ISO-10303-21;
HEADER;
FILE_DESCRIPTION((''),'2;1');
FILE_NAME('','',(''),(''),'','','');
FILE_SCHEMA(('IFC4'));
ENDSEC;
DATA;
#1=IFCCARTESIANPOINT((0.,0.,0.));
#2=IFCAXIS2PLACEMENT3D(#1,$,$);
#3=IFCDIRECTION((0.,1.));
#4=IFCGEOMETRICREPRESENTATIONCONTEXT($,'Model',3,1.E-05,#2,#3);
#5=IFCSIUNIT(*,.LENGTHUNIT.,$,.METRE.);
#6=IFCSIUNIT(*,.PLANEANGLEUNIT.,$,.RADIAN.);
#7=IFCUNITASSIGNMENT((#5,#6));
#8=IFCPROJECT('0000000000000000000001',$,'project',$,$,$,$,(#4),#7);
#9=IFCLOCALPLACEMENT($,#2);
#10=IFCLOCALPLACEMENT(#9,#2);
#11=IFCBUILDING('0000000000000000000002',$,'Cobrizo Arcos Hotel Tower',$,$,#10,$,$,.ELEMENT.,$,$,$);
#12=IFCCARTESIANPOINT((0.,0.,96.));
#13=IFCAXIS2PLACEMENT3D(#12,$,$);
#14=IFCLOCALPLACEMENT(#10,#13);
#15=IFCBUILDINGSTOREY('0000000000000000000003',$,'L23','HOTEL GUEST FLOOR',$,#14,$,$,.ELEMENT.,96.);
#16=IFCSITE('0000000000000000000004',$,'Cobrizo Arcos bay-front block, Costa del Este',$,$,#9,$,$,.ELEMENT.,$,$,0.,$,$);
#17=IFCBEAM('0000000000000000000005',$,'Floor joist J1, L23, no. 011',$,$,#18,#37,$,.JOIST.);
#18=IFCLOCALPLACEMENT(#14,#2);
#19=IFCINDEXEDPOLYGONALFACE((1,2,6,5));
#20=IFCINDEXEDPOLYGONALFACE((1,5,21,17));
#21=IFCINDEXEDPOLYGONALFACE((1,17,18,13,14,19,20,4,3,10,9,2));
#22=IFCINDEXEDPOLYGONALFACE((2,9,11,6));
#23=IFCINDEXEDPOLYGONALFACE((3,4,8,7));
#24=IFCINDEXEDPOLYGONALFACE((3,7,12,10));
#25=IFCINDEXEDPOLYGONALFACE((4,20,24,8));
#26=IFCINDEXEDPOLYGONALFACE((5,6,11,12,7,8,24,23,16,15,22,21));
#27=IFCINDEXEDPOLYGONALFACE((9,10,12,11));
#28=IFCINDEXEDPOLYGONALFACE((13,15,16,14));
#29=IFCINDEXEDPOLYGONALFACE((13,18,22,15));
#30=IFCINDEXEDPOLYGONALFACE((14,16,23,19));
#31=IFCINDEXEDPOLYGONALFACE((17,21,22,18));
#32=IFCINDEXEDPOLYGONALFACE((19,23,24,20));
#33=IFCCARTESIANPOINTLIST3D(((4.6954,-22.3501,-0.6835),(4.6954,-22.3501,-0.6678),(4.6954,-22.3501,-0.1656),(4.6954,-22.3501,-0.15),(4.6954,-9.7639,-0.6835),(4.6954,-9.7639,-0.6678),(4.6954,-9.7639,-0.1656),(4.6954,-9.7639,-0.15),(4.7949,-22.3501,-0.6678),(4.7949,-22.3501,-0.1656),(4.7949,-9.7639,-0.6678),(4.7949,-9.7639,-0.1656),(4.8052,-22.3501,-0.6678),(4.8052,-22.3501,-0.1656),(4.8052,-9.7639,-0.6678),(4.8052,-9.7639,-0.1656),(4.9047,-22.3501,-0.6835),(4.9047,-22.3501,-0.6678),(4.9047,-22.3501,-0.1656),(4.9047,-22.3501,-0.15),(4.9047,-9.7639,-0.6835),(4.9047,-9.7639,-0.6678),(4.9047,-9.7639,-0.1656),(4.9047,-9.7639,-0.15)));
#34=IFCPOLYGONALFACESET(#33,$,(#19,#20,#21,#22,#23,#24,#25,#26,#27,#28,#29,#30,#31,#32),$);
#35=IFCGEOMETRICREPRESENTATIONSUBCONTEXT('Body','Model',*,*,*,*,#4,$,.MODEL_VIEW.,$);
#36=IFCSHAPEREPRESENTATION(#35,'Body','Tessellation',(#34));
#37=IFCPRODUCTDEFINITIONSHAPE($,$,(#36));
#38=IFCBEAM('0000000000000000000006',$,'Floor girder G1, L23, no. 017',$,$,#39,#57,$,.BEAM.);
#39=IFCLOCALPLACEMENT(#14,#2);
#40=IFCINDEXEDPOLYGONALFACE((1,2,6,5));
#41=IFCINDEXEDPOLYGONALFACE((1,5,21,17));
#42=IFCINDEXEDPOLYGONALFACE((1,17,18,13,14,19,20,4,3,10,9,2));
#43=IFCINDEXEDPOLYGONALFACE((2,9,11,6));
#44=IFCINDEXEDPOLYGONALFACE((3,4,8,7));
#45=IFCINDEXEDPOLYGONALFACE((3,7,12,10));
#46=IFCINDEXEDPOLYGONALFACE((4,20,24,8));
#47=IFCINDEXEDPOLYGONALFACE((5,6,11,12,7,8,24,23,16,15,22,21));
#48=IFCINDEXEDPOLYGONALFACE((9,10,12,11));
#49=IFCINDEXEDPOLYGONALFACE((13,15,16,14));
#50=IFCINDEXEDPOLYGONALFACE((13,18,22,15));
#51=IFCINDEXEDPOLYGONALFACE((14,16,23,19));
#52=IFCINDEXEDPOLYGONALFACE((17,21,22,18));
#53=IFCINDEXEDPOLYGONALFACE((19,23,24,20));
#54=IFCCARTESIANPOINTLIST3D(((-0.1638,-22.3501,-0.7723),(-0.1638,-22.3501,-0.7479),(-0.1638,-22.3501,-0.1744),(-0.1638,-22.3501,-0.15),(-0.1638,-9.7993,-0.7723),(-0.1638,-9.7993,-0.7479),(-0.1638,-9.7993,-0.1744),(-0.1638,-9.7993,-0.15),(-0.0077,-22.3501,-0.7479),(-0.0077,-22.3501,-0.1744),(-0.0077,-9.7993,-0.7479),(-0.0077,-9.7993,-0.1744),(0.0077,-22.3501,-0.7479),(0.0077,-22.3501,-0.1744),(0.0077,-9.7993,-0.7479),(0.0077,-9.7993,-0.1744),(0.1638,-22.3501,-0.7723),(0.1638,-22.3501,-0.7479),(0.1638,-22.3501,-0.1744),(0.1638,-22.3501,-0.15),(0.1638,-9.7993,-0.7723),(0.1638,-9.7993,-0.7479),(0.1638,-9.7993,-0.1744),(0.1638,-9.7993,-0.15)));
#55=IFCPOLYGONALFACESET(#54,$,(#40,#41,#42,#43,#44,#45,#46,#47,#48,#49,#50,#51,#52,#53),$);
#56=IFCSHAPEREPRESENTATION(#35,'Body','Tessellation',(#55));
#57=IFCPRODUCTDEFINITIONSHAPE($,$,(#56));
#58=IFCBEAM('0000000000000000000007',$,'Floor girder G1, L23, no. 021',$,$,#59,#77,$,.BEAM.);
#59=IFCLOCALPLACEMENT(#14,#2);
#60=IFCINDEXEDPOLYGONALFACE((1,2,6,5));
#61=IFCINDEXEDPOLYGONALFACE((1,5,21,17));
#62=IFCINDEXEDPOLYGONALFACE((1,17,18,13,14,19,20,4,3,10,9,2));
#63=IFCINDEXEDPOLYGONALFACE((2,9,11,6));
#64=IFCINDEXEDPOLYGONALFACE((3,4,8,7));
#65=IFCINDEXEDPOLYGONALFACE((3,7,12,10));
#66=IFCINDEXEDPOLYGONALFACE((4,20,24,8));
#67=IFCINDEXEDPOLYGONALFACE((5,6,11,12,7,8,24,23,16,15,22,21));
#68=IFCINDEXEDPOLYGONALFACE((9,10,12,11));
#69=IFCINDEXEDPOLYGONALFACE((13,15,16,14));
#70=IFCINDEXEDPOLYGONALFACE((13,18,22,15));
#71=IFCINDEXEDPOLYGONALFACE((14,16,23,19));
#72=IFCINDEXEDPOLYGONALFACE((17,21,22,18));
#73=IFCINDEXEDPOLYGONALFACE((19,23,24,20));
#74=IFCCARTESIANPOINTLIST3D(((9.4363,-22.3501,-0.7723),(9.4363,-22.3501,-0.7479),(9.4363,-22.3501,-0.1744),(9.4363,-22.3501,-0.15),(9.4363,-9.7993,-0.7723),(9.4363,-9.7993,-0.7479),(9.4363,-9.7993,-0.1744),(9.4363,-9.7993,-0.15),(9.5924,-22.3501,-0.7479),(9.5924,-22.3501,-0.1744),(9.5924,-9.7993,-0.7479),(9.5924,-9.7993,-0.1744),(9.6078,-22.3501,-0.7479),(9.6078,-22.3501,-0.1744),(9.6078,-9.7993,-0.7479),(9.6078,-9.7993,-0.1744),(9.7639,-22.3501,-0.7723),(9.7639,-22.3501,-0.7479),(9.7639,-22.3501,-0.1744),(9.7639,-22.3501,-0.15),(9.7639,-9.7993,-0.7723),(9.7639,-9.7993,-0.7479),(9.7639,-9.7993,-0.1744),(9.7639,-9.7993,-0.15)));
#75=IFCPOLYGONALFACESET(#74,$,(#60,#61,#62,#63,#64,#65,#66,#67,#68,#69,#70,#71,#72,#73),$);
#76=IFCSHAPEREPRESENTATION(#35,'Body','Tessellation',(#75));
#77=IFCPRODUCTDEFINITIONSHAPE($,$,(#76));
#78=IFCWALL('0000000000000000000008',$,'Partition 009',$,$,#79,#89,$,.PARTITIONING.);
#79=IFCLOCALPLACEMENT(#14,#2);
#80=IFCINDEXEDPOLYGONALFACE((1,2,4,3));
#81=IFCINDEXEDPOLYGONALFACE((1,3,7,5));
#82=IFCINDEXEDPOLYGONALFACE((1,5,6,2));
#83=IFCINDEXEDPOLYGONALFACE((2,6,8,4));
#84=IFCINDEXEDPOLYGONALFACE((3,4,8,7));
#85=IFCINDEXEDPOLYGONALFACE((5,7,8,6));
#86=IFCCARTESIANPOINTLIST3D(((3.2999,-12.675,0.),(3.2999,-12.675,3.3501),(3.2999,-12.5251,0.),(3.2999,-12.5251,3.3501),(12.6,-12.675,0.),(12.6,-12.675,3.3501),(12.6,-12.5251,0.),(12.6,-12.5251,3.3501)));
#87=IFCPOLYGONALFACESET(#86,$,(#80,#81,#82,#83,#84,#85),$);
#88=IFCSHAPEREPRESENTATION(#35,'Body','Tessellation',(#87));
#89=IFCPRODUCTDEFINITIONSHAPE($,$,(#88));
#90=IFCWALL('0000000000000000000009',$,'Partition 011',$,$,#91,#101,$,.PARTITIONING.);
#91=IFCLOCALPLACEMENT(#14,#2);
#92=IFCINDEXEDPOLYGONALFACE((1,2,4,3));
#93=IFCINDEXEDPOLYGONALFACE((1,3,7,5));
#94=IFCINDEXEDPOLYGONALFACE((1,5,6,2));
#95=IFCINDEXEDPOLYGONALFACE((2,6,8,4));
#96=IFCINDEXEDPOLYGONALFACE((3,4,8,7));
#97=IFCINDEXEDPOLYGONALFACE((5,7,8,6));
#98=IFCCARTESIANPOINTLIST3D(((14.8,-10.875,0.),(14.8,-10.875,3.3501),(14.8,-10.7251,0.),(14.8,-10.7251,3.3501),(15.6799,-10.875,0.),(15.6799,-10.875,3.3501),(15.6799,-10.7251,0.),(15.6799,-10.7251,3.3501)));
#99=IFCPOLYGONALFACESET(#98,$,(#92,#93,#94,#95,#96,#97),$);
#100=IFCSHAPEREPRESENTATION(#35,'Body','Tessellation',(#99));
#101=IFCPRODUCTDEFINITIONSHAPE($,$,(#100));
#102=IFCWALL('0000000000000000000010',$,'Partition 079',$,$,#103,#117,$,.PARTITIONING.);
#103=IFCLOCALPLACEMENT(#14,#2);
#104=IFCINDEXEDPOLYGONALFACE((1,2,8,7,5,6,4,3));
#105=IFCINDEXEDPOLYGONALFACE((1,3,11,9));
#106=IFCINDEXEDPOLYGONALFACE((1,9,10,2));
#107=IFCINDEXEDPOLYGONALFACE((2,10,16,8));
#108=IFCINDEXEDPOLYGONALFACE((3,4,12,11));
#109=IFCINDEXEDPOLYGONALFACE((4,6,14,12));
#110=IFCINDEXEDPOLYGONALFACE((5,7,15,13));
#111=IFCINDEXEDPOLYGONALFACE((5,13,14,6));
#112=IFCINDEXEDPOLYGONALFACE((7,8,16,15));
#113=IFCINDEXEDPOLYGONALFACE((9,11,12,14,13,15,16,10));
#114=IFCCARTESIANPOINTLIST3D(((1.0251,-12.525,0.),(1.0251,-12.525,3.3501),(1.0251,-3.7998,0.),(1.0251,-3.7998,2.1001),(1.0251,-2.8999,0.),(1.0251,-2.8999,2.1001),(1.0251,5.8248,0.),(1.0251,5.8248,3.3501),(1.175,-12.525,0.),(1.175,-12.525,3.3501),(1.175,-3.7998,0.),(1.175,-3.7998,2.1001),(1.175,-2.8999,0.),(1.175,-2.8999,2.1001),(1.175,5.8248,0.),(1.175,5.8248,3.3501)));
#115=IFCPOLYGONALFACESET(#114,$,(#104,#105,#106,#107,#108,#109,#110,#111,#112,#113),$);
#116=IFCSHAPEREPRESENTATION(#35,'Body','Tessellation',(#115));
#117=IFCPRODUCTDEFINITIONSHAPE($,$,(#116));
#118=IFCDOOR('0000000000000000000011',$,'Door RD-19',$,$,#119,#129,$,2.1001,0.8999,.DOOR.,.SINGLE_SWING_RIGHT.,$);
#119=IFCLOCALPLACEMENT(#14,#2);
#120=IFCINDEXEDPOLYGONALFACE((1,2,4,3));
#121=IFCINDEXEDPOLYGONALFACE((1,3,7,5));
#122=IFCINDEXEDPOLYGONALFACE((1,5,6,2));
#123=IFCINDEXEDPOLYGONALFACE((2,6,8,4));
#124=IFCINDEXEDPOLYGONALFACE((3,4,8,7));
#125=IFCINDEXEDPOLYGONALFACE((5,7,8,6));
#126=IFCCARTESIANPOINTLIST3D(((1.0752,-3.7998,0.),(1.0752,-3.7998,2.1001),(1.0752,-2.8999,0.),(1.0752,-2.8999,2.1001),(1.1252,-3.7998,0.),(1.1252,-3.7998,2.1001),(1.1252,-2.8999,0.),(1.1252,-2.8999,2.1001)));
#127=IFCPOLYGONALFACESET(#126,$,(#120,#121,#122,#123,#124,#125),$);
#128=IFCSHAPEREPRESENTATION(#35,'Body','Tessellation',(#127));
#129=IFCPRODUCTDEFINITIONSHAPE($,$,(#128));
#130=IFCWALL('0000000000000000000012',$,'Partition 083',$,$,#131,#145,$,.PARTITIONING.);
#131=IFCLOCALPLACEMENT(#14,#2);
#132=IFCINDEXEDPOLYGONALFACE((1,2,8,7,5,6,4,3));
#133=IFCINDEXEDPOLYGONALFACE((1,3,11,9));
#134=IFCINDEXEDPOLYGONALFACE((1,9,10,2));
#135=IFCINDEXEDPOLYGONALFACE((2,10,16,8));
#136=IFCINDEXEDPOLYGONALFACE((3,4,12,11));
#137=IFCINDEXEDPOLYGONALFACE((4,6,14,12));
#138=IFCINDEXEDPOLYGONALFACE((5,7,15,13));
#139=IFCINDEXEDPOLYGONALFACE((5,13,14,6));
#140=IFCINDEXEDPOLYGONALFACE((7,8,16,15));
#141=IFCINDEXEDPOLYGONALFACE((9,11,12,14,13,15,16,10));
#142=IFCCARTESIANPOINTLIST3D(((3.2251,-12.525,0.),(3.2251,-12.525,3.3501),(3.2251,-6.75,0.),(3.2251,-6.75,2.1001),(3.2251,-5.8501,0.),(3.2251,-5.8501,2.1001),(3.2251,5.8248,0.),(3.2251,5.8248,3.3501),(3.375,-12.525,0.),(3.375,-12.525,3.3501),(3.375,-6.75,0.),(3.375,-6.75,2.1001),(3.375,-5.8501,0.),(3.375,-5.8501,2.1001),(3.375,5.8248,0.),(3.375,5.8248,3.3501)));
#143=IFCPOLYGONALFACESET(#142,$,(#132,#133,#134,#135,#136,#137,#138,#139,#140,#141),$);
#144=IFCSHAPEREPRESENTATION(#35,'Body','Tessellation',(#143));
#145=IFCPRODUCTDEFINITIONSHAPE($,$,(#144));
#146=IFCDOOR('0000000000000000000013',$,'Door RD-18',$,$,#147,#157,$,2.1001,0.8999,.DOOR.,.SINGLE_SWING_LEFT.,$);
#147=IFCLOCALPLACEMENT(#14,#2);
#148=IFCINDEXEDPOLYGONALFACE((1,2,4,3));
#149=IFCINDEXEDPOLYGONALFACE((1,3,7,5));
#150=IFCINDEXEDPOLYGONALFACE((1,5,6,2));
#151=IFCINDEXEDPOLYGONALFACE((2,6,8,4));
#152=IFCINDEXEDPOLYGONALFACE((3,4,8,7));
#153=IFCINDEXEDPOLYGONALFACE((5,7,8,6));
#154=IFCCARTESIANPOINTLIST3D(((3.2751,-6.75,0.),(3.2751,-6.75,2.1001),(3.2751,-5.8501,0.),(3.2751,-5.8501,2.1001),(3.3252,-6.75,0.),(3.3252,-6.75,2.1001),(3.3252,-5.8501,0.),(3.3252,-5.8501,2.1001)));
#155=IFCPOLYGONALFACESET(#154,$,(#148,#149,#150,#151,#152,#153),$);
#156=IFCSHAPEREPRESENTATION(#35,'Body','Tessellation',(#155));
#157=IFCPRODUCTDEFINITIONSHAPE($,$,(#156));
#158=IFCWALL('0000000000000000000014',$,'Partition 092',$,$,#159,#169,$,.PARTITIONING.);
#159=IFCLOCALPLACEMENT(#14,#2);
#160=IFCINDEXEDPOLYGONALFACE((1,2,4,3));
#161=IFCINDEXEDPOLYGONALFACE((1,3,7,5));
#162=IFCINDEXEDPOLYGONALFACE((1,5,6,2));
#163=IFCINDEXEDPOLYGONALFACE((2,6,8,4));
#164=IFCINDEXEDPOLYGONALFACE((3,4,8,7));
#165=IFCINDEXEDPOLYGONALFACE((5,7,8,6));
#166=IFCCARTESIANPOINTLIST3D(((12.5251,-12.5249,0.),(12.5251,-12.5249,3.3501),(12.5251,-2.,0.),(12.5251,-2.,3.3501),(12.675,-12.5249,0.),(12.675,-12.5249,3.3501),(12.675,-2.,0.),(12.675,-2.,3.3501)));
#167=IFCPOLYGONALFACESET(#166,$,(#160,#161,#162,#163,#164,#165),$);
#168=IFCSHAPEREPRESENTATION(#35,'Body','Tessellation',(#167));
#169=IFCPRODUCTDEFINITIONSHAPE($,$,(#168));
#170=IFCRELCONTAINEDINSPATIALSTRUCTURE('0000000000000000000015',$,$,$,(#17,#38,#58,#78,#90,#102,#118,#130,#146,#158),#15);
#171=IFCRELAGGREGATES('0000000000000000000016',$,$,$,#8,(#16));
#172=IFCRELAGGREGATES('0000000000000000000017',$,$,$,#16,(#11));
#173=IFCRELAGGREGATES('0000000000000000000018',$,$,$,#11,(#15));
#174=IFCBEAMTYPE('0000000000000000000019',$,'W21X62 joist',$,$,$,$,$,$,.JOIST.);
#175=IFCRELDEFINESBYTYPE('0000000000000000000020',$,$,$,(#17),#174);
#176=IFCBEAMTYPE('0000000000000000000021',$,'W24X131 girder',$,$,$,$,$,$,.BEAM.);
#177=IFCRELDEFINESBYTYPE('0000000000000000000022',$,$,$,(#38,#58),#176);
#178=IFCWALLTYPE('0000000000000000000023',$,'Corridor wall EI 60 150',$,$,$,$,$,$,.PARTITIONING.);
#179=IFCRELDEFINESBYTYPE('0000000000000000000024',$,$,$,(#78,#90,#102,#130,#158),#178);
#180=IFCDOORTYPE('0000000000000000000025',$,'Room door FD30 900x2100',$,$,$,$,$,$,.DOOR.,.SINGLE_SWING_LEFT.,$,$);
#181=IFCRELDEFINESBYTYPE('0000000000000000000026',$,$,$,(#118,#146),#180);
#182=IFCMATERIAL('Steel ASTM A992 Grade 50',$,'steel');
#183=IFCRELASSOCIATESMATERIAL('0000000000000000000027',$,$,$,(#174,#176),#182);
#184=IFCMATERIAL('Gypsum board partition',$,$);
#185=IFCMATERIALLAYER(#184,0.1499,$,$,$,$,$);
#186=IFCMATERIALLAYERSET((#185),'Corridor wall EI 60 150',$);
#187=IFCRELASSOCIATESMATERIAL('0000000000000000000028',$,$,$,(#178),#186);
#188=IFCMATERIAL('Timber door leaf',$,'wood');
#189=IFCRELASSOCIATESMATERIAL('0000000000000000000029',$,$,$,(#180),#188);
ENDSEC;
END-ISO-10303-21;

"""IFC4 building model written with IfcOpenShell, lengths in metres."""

from ifc_helpers import new_model, si_unit, direction, frame, frame_2d, origin, origin_2d, place, context, subcontext, project, spatial, rectangle, i_section, extrude, material, layer, layer_set, material_profile, profile_set, type_object, element, fill, save


model = new_model("IFC4")

# Units and contexts
model_context = context("Model", 3, precision=1e-05, world=origin(), true_north=direction((0.0, 1.0)))
body_context = subcontext(model_context, "Body", "Model", "MODEL_VIEW")
ifc_project = project(units=[si_unit("LENGTHUNIT", "METRE"), si_unit("PLANEANGLEUNIT", "RADIAN")], contexts=[model_context])

# Site, building, storey
site_placement = place(None, origin())
site = spatial("IfcSite", under=ifc_project, at=site_placement, Name="Cobrizo Arcos bay-front block, Costa del Este", CompositionType="ELEMENT", RefElevation=0.0)
building_placement = place(site_placement, origin())
building = spatial("IfcBuilding", under=site, at=building_placement, Name="Cobrizo Arcos Hotel Tower", CompositionType="ELEMENT")
storey_placement = place(building_placement, frame((0.0, 0.0, 96.0)))
storey = spatial("IfcBuildingStorey", under=building, at=storey_placement, Name="L23", Description="HOTEL GUEST FLOOR", CompositionType="ELEMENT", Elevation=96.0)

# Beams
ifc_material_1 = material(Name="Steel ASTM A992 Grade 50", Category="steel")
ifc_material_profile_1 = material_profile(ifc_material_1, i_section(OverallWidth=0.2092, OverallDepth=0.5334, WebThickness=0.0103, FlangeThickness=0.0156, at=origin_2d()), Name="W21X62")
ifc_profile_set_1 = profile_set([ifc_material_profile_1], Name="Steel ASTM A992 Grade 50")
beam_type_1 = type_object("IfcBeamType", Name="W21X62 joist", PredefinedType="JOIST", material=ifc_profile_set_1)
beam_placement = place(storey_placement, frame((4.8, -22.3501, -0.4167), z_axis=(0.0, 1.0, 0.0), x_axis=(-1.0, 0.0, 0.0)))
element("IfcBeam", 1, at=beam_placement, inside=storey, type_object=beam_type_1, Name="Floor joist J1, L23, no. 011", PredefinedType="JOIST", context=body_context, shape_type="SweptSolid", body=[
    extrude(i_section(OverallWidth=0.2092, OverallDepth=0.5334, WebThickness=0.0103, FlangeThickness=0.0156, at=origin_2d()), origin(), (0.0, 0.0, 1.0), 12.5862),
])
ifc_material_profile_2 = material_profile(ifc_material_1, i_section(OverallWidth=0.3276, OverallDepth=0.6223, WebThickness=0.0154, FlangeThickness=0.0244, at=origin_2d()), Name="W24X131")
ifc_profile_set_2 = profile_set([ifc_material_profile_2], Name="Steel ASTM A992 Grade 50")
beam_type_2 = type_object("IfcBeamType", Name="W24X131 girder", PredefinedType="BEAM", material=ifc_profile_set_2)
for number, where, z_axis, x_axis, name in (
    (2, (0.0, -22.3501, -0.4612), (0.0, 1.0, 0.0), (-1.0, 0.0, 0.0), "Floor girder G1, L23, no. 017"),
    (3, (9.6001, -22.3501, -0.4612), (0.0, 1.0, 0.0), (-1.0, 0.0, 0.0), "Floor girder G1, L23, no. 021"),
):
    element("IfcBeam", number, at=place(storey_placement, frame(where, z_axis=z_axis, x_axis=x_axis)), inside=storey, type_object=beam_type_2, Name=name, PredefinedType="BEAM", context=body_context, shape_type="SweptSolid", body=[
        extrude(i_section(OverallWidth=0.3276, OverallDepth=0.6223, WebThickness=0.0154, FlangeThickness=0.0244, at=origin_2d()), origin(), (0.0, 0.0, 1.0), 12.5508),
    ])

# Walls
ifc_material_2 = material(Name="Gypsum board partition")
ifc_layer_1 = layer(ifc_material_2, 0.1499)
ifc_layer_set_1 = layer_set([ifc_layer_1], Name="Corridor wall EI 60 150")
wall_type_1 = type_object("IfcWallType", Name="Corridor wall EI 60 150", PredefinedType="PARTITIONING", material=ifc_layer_set_1)
wall_1_placement = place(storey_placement, frame((3.3, -12.6001, 0.0), z_axis=(0.0, 0.0, 1.0), x_axis=(1.0, 0.0, 0.0)))
element("IfcWall", 4, at=wall_1_placement, inside=storey, type_object=wall_type_1, Name="Partition 009", PredefinedType="PARTITIONING", context=body_context, shape_type="SweptSolid", body=[
    extrude(rectangle(XDim=9.3, YDim=0.1499, at=frame_2d((4.6499, 0.0))), origin(), (0.0, 0.0, 1.0), 3.3501),
])
wall_2_placement = place(storey_placement, frame((14.8, -10.8, 0.0), z_axis=(0.0, 0.0, 1.0), x_axis=(1.0, 0.0, 0.0)))
element("IfcWall", 5, at=wall_2_placement, inside=storey, type_object=wall_type_1, Name="Partition 011", PredefinedType="PARTITIONING", context=body_context, shape_type="SweptSolid", body=[
    extrude(rectangle(XDim=0.8799, YDim=0.1499, at=frame_2d((0.4399, 0.0))), origin(), (0.0, 0.0, 1.0), 3.3501),
])

# Walls, openings, doors
wall_3_placement = place(storey_placement, frame((1.1001, -12.5249, 0.0), z_axis=(0.0, 0.0, 1.0), x_axis=(0.0, 1.0, 0.0)))
wall_3 = element("IfcWall", 6, at=wall_3_placement, inside=storey, type_object=wall_type_1, Name="Partition 079", PredefinedType="PARTITIONING", context=body_context, shape_type="SweptSolid", body=[
    extrude(rectangle(XDim=18.3499, YDim=0.1499, at=frame_2d((9.1748, 0.0))), origin(), (0.0, 0.0, 1.0), 3.3501),
])
opening_1_placement = place(wall_3_placement, frame((8.7251, 0.0, 0.0)))
opening_1 = element("IfcOpeningElement", 7, at=opening_1_placement, cuts=wall_3, PredefinedType="OPENING", context=body_context, shape_type="SweptSolid", body=[
    extrude(rectangle(XDim=0.8999, YDim=2.1001, at=frame_2d((0.45, 1.05))), frame((0.0, 0.0869, 0.0), z_axis=(0.0, -1.0, 0.0), x_axis=(1.0, 0.0, 0.0)), (0.0, 0.0, 1.0), 0.1738),
])
ifc_material_3 = material(Name="Timber door leaf", Category="wood")
door_type_1 = type_object("IfcDoorType", Name="Room door FD30 900x2100", OperationType="SINGLE_SWING_LEFT", PredefinedType="DOOR", material=ifc_material_3)
door_1_placement = place(opening_1_placement, origin())
door_1 = element("IfcDoor", 8, at=door_1_placement, inside=storey, type_object=door_type_1, Name="Door RD-19", OperationType="SINGLE_SWING_RIGHT", OverallHeight=2.1001, OverallWidth=0.8999, PredefinedType="DOOR", context=body_context, shape_type="SweptSolid", body=[
    extrude(rectangle(XDim=0.8999, YDim=2.1001, at=frame_2d((0.45, 1.05))), frame((0.0, 0.0249, 0.0), z_axis=(0.0, -1.0, 0.0), x_axis=(1.0, 0.0, 0.0)), (0.0, 0.0, 1.0), 0.05),
])
fill(opening_1, door_1)
wall_4_placement = place(storey_placement, frame((3.3, -12.5249, 0.0), z_axis=(0.0, 0.0, 1.0), x_axis=(0.0, 1.0, 0.0)))
wall_4 = element("IfcWall", 9, at=wall_4_placement, inside=storey, type_object=wall_type_1, Name="Partition 083", PredefinedType="PARTITIONING", context=body_context, shape_type="SweptSolid", body=[
    extrude(rectangle(XDim=18.3499, YDim=0.1499, at=frame_2d((9.1748, 0.0))), origin(), (0.0, 0.0, 1.0), 3.3501),
])
opening_2_placement = place(wall_4_placement, frame((5.7749, 0.0, 0.0)))
opening_2 = element("IfcOpeningElement", 10, at=opening_2_placement, cuts=wall_4, PredefinedType="OPENING", context=body_context, shape_type="SweptSolid", body=[
    extrude(rectangle(XDim=0.8999, YDim=2.1001, at=frame_2d((0.45, 1.05))), frame((0.0, 0.0869, 0.0), z_axis=(0.0, -1.0, 0.0), x_axis=(1.0, 0.0, 0.0)), (0.0, 0.0, 1.0), 0.1738),
])
door_2_placement = place(opening_2_placement, origin())
door_2 = element("IfcDoor", 11, at=door_2_placement, inside=storey, type_object=door_type_1, Name="Door RD-18", OperationType="SINGLE_SWING_LEFT", OverallHeight=2.1001, OverallWidth=0.8999, PredefinedType="DOOR", context=body_context, shape_type="SweptSolid", body=[
    extrude(rectangle(XDim=0.8999, YDim=2.1001, at=frame_2d((0.45, 1.05))), frame((0.0, 0.0249, 0.0), z_axis=(0.0, -1.0, 0.0), x_axis=(1.0, 0.0, 0.0)), (0.0, 0.0, 1.0), 0.05),
])
fill(opening_2, door_2)

# Wall
wall_5_placement = place(storey_placement, frame((12.6001, -12.5249, 0.0), z_axis=(0.0, 0.0, 1.0), x_axis=(0.0, 1.0, 0.0)))
element("IfcWall", 12, at=wall_5_placement, inside=storey, type_object=wall_type_1, Name="Partition 092", PredefinedType="PARTITIONING", context=body_context, shape_type="SweptSolid", body=[
    extrude(rectangle(XDim=10.5249, YDim=0.1499, at=frame_2d((5.2625, 0.0))), origin(), (0.0, 0.0, 1.0), 3.3501),
])

save(model, "model.ifc")
